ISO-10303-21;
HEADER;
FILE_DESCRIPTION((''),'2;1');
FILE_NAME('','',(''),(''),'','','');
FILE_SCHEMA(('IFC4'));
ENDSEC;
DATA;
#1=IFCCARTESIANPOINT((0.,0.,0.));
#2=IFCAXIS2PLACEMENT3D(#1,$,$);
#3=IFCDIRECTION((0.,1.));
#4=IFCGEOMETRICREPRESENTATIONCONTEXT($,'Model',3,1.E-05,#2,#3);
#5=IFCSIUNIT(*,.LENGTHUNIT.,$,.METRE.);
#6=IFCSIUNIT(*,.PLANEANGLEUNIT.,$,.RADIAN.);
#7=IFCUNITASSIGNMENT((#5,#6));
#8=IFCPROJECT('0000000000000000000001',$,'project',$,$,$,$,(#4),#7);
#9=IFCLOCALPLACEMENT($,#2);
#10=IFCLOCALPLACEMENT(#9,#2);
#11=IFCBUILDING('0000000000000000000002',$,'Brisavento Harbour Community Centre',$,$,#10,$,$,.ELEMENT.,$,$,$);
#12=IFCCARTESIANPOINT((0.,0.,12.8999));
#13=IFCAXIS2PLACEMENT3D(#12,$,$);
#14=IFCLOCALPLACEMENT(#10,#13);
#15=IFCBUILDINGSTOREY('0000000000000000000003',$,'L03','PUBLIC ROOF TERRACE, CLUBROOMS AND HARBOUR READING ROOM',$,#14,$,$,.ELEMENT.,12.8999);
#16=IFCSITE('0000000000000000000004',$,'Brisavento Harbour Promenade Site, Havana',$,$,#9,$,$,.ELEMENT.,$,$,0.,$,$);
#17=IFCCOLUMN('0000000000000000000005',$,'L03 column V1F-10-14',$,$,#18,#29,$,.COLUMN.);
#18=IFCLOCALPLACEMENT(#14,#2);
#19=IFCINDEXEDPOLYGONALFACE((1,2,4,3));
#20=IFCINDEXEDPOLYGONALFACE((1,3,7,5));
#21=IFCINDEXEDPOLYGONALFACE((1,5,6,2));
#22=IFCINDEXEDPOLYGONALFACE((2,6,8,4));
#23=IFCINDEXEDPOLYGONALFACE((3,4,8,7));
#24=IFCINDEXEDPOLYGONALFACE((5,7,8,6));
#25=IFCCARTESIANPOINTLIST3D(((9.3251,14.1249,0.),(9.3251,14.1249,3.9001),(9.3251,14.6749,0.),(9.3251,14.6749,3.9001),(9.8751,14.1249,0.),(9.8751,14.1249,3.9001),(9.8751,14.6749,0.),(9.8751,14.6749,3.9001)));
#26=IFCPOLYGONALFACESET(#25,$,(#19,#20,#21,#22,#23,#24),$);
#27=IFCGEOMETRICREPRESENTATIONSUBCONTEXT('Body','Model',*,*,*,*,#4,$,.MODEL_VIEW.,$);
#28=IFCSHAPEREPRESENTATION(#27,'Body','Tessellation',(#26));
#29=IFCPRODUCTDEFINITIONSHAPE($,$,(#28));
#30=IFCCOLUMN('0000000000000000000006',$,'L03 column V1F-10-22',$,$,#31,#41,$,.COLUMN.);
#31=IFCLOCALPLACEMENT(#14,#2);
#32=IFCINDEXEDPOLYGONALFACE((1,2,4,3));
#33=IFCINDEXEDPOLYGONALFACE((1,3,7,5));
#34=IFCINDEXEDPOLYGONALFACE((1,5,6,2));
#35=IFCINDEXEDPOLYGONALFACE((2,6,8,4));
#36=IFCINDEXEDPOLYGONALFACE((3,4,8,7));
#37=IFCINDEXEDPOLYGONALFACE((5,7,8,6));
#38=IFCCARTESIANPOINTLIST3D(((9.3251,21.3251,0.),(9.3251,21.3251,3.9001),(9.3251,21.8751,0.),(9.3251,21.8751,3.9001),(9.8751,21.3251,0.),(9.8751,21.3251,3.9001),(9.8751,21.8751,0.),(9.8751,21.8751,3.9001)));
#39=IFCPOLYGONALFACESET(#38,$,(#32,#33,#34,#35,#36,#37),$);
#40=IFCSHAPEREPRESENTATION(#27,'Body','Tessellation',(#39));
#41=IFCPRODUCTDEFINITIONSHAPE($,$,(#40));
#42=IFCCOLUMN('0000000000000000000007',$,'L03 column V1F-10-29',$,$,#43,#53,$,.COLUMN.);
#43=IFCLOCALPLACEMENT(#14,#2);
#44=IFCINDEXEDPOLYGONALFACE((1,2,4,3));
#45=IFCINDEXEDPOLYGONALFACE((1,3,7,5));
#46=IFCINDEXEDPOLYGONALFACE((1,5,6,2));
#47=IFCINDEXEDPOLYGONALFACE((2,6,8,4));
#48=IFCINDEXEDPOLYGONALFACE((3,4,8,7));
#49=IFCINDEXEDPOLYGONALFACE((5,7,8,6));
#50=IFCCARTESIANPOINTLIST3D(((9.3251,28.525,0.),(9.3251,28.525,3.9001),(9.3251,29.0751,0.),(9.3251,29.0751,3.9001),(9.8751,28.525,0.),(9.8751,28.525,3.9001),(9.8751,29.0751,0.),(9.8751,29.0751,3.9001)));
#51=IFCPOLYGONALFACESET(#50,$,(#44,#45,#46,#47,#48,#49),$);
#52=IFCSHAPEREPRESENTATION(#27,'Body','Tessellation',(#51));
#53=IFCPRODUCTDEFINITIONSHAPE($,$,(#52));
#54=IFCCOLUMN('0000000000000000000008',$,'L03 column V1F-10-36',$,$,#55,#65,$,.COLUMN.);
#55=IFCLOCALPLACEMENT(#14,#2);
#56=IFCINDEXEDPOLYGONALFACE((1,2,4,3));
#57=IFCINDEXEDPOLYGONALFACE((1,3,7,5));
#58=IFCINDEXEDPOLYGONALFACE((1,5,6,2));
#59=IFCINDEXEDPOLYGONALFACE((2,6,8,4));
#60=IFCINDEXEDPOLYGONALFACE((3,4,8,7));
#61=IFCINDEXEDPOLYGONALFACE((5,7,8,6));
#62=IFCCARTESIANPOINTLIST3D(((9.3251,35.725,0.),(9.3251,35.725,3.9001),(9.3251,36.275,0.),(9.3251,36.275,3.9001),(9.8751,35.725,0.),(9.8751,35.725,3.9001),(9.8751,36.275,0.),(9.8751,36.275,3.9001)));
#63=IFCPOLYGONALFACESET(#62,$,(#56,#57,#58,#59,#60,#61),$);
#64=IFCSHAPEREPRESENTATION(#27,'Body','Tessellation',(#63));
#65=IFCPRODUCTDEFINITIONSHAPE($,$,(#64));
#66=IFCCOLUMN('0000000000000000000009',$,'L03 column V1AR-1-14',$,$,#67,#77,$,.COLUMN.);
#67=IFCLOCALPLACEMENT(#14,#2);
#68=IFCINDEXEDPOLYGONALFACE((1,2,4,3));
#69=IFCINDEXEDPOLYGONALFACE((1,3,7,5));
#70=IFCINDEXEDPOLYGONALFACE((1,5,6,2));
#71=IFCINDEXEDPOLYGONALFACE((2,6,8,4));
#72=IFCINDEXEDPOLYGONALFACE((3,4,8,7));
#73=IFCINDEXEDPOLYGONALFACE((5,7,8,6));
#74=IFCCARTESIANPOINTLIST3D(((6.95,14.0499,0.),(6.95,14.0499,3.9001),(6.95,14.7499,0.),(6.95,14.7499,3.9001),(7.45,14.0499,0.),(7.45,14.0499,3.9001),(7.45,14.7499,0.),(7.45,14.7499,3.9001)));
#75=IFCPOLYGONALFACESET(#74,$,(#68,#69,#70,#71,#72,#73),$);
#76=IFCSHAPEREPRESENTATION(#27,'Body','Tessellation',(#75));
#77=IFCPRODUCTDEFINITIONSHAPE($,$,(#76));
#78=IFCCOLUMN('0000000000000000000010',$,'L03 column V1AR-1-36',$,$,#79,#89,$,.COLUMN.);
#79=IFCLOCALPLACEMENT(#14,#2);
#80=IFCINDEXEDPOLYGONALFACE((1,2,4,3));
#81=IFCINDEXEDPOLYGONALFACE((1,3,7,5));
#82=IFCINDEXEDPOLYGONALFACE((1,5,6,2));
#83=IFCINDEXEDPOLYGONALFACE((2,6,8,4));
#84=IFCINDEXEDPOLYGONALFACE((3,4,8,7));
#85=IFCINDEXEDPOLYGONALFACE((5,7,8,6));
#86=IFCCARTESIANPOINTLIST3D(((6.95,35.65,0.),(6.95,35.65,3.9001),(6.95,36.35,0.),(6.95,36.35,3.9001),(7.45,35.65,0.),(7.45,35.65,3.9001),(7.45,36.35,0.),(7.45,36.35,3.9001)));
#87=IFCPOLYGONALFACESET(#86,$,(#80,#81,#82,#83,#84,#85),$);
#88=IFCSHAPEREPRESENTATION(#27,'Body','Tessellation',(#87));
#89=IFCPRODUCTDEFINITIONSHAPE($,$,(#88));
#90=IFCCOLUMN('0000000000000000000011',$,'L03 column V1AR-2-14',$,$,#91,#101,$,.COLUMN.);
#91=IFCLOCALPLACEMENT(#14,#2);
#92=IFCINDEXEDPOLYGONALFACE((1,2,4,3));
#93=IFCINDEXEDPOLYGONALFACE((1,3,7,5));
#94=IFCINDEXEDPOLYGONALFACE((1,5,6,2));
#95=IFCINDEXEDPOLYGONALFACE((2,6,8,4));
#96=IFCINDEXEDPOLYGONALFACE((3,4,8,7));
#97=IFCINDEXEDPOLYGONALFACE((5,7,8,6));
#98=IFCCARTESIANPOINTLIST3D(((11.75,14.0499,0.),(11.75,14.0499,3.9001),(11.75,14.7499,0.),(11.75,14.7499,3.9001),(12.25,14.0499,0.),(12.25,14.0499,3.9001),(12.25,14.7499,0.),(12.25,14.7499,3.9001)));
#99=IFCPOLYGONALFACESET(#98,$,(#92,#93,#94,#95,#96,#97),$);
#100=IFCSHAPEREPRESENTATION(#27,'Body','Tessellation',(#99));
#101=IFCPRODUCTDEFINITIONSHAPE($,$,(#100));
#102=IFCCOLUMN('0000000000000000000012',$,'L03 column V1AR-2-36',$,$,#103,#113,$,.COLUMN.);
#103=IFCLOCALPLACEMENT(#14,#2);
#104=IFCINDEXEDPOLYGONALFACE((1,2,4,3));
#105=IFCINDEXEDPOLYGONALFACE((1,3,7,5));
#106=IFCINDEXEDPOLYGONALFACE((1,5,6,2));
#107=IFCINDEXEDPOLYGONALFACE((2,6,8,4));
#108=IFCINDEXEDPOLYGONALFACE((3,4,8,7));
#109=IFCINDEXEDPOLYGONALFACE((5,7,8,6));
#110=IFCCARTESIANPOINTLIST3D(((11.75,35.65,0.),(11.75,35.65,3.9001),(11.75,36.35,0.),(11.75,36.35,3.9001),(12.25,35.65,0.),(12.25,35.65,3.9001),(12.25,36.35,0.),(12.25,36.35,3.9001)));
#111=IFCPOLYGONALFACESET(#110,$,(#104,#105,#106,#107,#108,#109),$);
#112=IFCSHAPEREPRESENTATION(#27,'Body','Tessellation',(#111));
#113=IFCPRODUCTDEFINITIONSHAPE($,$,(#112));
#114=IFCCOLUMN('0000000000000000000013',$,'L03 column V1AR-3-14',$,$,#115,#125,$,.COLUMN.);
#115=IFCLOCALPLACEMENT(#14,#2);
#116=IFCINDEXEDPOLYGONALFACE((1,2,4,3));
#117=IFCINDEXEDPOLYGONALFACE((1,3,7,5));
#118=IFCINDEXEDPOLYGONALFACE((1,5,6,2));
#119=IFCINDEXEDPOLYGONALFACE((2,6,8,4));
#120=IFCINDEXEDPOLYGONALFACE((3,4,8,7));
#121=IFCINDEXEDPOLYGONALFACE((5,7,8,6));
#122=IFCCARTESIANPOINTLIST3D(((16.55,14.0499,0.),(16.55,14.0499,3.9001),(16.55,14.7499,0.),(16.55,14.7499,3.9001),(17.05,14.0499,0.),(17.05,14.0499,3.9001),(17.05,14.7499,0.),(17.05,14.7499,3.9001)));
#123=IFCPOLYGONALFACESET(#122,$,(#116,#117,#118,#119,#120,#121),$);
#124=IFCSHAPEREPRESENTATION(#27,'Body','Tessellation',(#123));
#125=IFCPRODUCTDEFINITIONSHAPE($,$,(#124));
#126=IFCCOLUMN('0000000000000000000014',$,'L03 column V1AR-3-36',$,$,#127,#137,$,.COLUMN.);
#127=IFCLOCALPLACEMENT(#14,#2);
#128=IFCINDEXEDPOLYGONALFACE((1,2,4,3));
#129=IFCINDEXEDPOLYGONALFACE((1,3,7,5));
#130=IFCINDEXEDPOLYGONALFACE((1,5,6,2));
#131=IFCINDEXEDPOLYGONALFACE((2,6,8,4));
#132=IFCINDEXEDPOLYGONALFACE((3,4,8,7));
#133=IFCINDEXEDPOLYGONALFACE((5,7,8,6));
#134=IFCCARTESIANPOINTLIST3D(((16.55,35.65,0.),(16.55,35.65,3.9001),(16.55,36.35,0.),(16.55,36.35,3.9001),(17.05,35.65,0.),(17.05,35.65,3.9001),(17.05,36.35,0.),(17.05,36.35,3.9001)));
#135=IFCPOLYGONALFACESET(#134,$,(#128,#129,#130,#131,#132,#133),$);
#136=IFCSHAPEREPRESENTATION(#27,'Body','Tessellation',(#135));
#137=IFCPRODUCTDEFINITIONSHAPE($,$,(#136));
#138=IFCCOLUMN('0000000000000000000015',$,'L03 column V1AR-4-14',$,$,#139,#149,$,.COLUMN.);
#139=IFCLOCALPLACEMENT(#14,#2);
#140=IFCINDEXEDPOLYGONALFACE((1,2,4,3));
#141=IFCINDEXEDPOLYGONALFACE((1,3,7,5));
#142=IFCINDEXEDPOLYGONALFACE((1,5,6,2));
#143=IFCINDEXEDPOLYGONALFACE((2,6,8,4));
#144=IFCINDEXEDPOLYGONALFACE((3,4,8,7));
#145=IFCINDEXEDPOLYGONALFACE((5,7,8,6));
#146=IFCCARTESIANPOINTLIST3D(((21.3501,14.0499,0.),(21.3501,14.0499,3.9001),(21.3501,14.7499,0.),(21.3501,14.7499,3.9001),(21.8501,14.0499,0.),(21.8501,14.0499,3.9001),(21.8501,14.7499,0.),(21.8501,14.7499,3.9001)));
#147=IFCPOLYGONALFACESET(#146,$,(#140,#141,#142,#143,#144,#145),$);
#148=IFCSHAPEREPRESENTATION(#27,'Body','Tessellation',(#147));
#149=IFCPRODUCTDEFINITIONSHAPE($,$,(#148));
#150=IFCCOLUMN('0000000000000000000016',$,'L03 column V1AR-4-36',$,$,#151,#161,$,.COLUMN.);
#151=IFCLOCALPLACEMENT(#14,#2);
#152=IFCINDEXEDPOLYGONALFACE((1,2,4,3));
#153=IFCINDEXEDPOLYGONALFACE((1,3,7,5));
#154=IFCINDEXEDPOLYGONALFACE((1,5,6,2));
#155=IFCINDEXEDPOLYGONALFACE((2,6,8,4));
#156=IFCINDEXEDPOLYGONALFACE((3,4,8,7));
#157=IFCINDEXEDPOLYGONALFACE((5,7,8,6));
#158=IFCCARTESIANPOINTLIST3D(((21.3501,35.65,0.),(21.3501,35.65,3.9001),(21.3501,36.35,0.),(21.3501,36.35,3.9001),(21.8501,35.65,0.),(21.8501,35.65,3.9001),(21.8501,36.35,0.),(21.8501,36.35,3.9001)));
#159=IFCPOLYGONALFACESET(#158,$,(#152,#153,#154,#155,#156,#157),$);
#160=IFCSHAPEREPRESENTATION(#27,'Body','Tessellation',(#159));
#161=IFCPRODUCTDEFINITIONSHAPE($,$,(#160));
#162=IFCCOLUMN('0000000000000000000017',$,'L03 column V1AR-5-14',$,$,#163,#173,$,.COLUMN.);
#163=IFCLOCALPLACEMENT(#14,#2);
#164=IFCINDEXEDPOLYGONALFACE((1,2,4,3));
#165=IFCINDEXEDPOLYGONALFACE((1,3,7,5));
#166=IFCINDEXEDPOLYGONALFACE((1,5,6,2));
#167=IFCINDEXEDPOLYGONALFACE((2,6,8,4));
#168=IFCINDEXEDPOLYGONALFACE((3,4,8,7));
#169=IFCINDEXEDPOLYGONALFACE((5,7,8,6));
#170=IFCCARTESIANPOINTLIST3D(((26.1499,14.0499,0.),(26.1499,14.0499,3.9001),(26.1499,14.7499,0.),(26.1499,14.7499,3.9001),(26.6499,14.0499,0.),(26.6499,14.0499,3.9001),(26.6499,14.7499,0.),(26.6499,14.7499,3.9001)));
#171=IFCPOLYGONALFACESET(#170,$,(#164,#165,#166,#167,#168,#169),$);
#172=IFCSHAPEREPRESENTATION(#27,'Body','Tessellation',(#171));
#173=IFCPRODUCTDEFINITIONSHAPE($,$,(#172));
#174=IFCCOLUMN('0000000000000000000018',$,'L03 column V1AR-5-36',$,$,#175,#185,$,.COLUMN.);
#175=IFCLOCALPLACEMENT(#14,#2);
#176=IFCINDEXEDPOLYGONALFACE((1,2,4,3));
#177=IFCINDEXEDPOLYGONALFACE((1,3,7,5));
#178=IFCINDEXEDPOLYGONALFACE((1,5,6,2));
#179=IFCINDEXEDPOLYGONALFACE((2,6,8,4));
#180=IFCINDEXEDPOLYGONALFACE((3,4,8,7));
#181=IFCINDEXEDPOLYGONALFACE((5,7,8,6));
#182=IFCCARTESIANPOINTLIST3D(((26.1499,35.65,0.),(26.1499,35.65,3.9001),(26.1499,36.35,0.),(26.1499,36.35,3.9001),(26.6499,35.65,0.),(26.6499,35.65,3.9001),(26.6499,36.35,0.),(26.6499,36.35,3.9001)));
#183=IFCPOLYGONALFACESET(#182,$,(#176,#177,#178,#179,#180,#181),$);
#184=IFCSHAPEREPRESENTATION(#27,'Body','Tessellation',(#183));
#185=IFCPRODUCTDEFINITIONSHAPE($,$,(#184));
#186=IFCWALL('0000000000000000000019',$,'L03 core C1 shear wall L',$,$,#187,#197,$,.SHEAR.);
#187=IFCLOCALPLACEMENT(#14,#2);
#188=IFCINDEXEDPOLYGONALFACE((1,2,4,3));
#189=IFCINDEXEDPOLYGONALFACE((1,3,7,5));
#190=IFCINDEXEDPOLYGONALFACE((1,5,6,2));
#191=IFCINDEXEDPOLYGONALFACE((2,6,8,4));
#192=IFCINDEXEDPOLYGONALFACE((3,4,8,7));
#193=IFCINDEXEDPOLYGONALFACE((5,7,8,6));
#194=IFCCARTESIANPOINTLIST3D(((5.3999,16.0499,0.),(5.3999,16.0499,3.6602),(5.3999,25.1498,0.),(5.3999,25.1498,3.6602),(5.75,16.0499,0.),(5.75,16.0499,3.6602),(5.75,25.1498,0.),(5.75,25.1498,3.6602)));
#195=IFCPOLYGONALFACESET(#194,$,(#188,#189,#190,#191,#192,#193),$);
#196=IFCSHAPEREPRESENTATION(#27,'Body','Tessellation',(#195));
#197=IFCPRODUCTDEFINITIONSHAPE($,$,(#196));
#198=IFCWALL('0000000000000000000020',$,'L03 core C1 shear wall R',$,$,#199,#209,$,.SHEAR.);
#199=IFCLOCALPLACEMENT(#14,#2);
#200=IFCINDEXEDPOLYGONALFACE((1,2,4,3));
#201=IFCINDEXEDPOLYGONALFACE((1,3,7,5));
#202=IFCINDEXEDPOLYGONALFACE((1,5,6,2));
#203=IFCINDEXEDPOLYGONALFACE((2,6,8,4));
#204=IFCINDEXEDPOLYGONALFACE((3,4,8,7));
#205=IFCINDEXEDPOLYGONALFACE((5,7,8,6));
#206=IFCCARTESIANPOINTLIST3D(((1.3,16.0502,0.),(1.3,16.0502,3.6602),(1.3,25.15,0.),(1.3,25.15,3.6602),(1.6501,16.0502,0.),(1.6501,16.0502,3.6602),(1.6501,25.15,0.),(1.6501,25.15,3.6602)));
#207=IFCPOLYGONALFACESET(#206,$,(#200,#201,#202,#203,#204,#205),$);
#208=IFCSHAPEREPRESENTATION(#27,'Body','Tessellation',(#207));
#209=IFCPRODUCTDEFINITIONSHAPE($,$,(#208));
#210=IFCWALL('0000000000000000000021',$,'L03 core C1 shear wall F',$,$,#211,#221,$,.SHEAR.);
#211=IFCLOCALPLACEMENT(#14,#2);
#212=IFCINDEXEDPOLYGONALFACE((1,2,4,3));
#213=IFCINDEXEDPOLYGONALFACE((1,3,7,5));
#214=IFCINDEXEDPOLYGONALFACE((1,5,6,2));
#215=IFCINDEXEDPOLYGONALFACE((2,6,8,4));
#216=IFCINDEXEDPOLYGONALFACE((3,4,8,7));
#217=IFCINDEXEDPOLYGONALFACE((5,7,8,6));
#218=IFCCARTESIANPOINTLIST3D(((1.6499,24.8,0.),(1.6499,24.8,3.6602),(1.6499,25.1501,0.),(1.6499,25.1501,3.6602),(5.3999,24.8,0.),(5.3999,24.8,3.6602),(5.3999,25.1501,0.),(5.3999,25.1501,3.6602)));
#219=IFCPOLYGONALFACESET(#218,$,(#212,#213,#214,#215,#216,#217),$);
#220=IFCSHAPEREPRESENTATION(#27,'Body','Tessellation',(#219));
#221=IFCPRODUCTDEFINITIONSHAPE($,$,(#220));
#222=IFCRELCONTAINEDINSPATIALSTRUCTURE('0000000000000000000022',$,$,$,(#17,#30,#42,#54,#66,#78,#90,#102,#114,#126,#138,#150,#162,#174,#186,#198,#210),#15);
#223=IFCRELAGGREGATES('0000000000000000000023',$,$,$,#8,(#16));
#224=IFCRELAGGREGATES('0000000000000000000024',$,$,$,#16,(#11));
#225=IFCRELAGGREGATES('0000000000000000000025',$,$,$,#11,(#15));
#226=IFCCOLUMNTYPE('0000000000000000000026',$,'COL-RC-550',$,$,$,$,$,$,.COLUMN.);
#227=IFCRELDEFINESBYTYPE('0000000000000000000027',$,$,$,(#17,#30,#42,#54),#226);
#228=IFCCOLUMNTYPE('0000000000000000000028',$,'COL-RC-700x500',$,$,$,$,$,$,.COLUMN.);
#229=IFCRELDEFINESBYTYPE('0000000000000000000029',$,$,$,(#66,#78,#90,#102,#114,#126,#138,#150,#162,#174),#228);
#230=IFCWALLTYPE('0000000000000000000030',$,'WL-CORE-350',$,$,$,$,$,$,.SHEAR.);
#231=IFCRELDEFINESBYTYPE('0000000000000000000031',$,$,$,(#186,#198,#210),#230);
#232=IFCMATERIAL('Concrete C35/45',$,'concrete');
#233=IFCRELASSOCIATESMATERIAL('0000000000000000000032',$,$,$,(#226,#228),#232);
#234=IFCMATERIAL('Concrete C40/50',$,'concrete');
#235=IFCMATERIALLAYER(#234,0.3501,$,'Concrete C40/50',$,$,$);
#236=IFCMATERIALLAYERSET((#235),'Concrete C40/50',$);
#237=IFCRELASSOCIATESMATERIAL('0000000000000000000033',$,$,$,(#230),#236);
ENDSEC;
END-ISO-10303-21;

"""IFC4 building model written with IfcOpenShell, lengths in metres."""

from ifc_helpers import new_model, si_unit, direction, frame, frame_2d, origin, origin_2d, place, context, subcontext, project, spatial, rectangle, extrude, material, layer, layer_set, material_profile, profile_set, type_object, element, save


model = new_model("IFC4")

# Units and contexts
model_context = context("Model", 3, precision=1e-05, world=origin(), true_north=direction((0.0, 1.0)))
body_context = subcontext(model_context, "Body", "Model", "MODEL_VIEW")
ifc_project = project(units=[si_unit("LENGTHUNIT", "METRE"), si_unit("PLANEANGLEUNIT", "RADIAN")], contexts=[model_context])

# Site, building, storey
site_placement = place(None, origin())
site = spatial("IfcSite", under=ifc_project, at=site_placement, Name="Brisavento Harbour Promenade Site, Havana", CompositionType="ELEMENT", RefElevation=0.0)
building_placement = place(site_placement, origin())
building = spatial("IfcBuilding", under=site, at=building_placement, Name="Brisavento Harbour Community Centre", CompositionType="ELEMENT")
storey_placement = place(building_placement, frame((0.0, 0.0, 12.8999)))
storey = spatial("IfcBuildingStorey", under=building, at=storey_placement, Name="L03", Description="PUBLIC ROOF TERRACE, CLUBROOMS AND HARBOUR READING ROOM", CompositionType="ELEMENT", Elevation=12.8999)

# Columns
ifc_material_1 = material(Name="Concrete C35/45", Category="concrete")
ifc_material_profile_1 = material_profile(ifc_material_1, rectangle(XDim=0.55, YDim=0.55, at=origin_2d()), Name="Concrete C35/45")
ifc_profile_set_1 = profile_set([ifc_material_profile_1], Name="Concrete C35/45")
column_type_1 = type_object("IfcColumnType", Name="COL-RC-550", PredefinedType="COLUMN", material=ifc_profile_set_1)
for number, where, z_axis, x_axis, name in (
    (1, (9.6001, 14.3999, 0.0), (0.0, 0.0, 1.0), (1.0, 0.0, 0.0), "L03 column V1F-10-14"),
    (2, (9.6001, 21.6001, 0.0), (0.0, 0.0, 1.0), (1.0, 0.0, 0.0), "L03 column V1F-10-22"),
    (3, (9.6001, 28.8, 0.0), (0.0, 0.0, 1.0), (1.0, 0.0, 0.0), "L03 column V1F-10-29"),
    (4, (9.6001, 36.0, 0.0), (0.0, 0.0, 1.0), (1.0, 0.0, 0.0), "L03 column V1F-10-36"),
):
    element("IfcColumn", number, at=place(storey_placement, frame(where, z_axis=z_axis, x_axis=x_axis)), inside=storey, type_object=column_type_1, Name=name, PredefinedType="COLUMN", context=body_context, shape_type="SweptSolid", body=[
        extrude(rectangle(XDim=0.55, YDim=0.55, at=origin_2d()), origin(), (0.0, 0.0, 1.0), 3.9001),
    ])
ifc_material_profile_2 = material_profile(ifc_material_1, rectangle(XDim=0.5, YDim=0.7, at=origin_2d()), Name="Concrete C35/45")
ifc_profile_set_2 = profile_set([ifc_material_profile_2], Name="Concrete C35/45")
column_type_2 = type_object("IfcColumnType", Name="COL-RC-700x500", PredefinedType="COLUMN", material=ifc_profile_set_2)
for number, where, z_axis, x_axis, name in (
    (5, (7.2, 14.3999, 0.0), (0.0, 0.0, 1.0), (1.0, 0.0, 0.0), "L03 column V1AR-1-14"),
    (6, (7.2, 36.0, 0.0), (0.0, 0.0, 1.0), (1.0, 0.0, 0.0), "L03 column V1AR-1-36"),
    (7, (12.0, 14.3999, 0.0), (0.0, 0.0, 1.0), (1.0, 0.0, 0.0), "L03 column V1AR-2-14"),
    (8, (12.0, 36.0, 0.0), (0.0, 0.0, 1.0), (1.0, 0.0, 0.0), "L03 column V1AR-2-36"),
    (9, (16.8, 14.3999, 0.0), (0.0, 0.0, 1.0), (1.0, 0.0, 0.0), "L03 column V1AR-3-14"),
    (10, (16.8, 36.0, 0.0), (0.0, 0.0, 1.0), (1.0, 0.0, 0.0), "L03 column V1AR-3-36"),
    (11, (21.6001, 14.3999, 0.0), (0.0, 0.0, 1.0), (1.0, 0.0, 0.0), "L03 column V1AR-4-14"),
    (12, (21.6001, 36.0, 0.0), (0.0, 0.0, 1.0), (1.0, 0.0, 0.0), "L03 column V1AR-4-36"),
    (13, (26.3999, 14.3999, 0.0), (0.0, 0.0, 1.0), (1.0, 0.0, 0.0), "L03 column V1AR-5-14"),
    (14, (26.3999, 36.0, 0.0), (0.0, 0.0, 1.0), (1.0, 0.0, 0.0), "L03 column V1AR-5-36"),
):
    element("IfcColumn", number, at=place(storey_placement, frame(where, z_axis=z_axis, x_axis=x_axis)), inside=storey, type_object=column_type_2, Name=name, PredefinedType="COLUMN", context=body_context, shape_type="SweptSolid", body=[
        extrude(rectangle(XDim=0.5, YDim=0.7, at=origin_2d()), origin(), (0.0, 0.0, 1.0), 3.9001),
    ])

# Walls
ifc_material_2 = material(Name="Concrete C40/50", Category="concrete")
ifc_layer_1 = layer(ifc_material_2, 0.3501, Name="Concrete C40/50")
ifc_layer_set_1 = layer_set([ifc_layer_1], Name="Concrete C40/50")
wall_type_1 = type_object("IfcWallType", Name="WL-CORE-350", PredefinedType="SHEAR", material=ifc_layer_set_1)
for number, where, z_axis, x_axis, name in (
    (15, (5.575, 16.05, 0.0), (0.0, 0.0, 1.0), (0.0, 1.0, 0.0), "L03 core C1 shear wall L"),
    (16, (1.4751, 25.1499, 0.0), (0.0, 0.0, 1.0), (0.0, -1.0, 0.0), "L03 core C1 shear wall R"),
):
    element("IfcWall", number, at=place(storey_placement, frame(where, z_axis=z_axis, x_axis=x_axis)), inside=storey, type_object=wall_type_1, Name=name, PredefinedType="SHEAR", context=body_context, shape_type="SweptSolid", body=[
        extrude(rectangle(XDim=9.0999, YDim=0.3501, at=frame_2d((4.5498, 0.0))), origin(), (0.0, 0.0, 1.0), 3.6602),
    ])
wall_1_placement = place(storey_placement, frame((5.3999, 24.9751, 0.0), z_axis=(0.0, 0.0, 1.0), x_axis=(-1.0, 0.0, 0.0)))
element("IfcWall", 17, at=wall_1_placement, inside=storey, type_object=wall_type_1, Name="L03 core C1 shear wall F", PredefinedType="SHEAR", context=body_context, shape_type="SweptSolid", body=[
    extrude(rectangle(XDim=3.75, YDim=0.3501, at=frame_2d((1.875, 0.0))), origin(), (0.0, 0.0, 1.0), 3.6602),
])

save(model, "model.ifc")
